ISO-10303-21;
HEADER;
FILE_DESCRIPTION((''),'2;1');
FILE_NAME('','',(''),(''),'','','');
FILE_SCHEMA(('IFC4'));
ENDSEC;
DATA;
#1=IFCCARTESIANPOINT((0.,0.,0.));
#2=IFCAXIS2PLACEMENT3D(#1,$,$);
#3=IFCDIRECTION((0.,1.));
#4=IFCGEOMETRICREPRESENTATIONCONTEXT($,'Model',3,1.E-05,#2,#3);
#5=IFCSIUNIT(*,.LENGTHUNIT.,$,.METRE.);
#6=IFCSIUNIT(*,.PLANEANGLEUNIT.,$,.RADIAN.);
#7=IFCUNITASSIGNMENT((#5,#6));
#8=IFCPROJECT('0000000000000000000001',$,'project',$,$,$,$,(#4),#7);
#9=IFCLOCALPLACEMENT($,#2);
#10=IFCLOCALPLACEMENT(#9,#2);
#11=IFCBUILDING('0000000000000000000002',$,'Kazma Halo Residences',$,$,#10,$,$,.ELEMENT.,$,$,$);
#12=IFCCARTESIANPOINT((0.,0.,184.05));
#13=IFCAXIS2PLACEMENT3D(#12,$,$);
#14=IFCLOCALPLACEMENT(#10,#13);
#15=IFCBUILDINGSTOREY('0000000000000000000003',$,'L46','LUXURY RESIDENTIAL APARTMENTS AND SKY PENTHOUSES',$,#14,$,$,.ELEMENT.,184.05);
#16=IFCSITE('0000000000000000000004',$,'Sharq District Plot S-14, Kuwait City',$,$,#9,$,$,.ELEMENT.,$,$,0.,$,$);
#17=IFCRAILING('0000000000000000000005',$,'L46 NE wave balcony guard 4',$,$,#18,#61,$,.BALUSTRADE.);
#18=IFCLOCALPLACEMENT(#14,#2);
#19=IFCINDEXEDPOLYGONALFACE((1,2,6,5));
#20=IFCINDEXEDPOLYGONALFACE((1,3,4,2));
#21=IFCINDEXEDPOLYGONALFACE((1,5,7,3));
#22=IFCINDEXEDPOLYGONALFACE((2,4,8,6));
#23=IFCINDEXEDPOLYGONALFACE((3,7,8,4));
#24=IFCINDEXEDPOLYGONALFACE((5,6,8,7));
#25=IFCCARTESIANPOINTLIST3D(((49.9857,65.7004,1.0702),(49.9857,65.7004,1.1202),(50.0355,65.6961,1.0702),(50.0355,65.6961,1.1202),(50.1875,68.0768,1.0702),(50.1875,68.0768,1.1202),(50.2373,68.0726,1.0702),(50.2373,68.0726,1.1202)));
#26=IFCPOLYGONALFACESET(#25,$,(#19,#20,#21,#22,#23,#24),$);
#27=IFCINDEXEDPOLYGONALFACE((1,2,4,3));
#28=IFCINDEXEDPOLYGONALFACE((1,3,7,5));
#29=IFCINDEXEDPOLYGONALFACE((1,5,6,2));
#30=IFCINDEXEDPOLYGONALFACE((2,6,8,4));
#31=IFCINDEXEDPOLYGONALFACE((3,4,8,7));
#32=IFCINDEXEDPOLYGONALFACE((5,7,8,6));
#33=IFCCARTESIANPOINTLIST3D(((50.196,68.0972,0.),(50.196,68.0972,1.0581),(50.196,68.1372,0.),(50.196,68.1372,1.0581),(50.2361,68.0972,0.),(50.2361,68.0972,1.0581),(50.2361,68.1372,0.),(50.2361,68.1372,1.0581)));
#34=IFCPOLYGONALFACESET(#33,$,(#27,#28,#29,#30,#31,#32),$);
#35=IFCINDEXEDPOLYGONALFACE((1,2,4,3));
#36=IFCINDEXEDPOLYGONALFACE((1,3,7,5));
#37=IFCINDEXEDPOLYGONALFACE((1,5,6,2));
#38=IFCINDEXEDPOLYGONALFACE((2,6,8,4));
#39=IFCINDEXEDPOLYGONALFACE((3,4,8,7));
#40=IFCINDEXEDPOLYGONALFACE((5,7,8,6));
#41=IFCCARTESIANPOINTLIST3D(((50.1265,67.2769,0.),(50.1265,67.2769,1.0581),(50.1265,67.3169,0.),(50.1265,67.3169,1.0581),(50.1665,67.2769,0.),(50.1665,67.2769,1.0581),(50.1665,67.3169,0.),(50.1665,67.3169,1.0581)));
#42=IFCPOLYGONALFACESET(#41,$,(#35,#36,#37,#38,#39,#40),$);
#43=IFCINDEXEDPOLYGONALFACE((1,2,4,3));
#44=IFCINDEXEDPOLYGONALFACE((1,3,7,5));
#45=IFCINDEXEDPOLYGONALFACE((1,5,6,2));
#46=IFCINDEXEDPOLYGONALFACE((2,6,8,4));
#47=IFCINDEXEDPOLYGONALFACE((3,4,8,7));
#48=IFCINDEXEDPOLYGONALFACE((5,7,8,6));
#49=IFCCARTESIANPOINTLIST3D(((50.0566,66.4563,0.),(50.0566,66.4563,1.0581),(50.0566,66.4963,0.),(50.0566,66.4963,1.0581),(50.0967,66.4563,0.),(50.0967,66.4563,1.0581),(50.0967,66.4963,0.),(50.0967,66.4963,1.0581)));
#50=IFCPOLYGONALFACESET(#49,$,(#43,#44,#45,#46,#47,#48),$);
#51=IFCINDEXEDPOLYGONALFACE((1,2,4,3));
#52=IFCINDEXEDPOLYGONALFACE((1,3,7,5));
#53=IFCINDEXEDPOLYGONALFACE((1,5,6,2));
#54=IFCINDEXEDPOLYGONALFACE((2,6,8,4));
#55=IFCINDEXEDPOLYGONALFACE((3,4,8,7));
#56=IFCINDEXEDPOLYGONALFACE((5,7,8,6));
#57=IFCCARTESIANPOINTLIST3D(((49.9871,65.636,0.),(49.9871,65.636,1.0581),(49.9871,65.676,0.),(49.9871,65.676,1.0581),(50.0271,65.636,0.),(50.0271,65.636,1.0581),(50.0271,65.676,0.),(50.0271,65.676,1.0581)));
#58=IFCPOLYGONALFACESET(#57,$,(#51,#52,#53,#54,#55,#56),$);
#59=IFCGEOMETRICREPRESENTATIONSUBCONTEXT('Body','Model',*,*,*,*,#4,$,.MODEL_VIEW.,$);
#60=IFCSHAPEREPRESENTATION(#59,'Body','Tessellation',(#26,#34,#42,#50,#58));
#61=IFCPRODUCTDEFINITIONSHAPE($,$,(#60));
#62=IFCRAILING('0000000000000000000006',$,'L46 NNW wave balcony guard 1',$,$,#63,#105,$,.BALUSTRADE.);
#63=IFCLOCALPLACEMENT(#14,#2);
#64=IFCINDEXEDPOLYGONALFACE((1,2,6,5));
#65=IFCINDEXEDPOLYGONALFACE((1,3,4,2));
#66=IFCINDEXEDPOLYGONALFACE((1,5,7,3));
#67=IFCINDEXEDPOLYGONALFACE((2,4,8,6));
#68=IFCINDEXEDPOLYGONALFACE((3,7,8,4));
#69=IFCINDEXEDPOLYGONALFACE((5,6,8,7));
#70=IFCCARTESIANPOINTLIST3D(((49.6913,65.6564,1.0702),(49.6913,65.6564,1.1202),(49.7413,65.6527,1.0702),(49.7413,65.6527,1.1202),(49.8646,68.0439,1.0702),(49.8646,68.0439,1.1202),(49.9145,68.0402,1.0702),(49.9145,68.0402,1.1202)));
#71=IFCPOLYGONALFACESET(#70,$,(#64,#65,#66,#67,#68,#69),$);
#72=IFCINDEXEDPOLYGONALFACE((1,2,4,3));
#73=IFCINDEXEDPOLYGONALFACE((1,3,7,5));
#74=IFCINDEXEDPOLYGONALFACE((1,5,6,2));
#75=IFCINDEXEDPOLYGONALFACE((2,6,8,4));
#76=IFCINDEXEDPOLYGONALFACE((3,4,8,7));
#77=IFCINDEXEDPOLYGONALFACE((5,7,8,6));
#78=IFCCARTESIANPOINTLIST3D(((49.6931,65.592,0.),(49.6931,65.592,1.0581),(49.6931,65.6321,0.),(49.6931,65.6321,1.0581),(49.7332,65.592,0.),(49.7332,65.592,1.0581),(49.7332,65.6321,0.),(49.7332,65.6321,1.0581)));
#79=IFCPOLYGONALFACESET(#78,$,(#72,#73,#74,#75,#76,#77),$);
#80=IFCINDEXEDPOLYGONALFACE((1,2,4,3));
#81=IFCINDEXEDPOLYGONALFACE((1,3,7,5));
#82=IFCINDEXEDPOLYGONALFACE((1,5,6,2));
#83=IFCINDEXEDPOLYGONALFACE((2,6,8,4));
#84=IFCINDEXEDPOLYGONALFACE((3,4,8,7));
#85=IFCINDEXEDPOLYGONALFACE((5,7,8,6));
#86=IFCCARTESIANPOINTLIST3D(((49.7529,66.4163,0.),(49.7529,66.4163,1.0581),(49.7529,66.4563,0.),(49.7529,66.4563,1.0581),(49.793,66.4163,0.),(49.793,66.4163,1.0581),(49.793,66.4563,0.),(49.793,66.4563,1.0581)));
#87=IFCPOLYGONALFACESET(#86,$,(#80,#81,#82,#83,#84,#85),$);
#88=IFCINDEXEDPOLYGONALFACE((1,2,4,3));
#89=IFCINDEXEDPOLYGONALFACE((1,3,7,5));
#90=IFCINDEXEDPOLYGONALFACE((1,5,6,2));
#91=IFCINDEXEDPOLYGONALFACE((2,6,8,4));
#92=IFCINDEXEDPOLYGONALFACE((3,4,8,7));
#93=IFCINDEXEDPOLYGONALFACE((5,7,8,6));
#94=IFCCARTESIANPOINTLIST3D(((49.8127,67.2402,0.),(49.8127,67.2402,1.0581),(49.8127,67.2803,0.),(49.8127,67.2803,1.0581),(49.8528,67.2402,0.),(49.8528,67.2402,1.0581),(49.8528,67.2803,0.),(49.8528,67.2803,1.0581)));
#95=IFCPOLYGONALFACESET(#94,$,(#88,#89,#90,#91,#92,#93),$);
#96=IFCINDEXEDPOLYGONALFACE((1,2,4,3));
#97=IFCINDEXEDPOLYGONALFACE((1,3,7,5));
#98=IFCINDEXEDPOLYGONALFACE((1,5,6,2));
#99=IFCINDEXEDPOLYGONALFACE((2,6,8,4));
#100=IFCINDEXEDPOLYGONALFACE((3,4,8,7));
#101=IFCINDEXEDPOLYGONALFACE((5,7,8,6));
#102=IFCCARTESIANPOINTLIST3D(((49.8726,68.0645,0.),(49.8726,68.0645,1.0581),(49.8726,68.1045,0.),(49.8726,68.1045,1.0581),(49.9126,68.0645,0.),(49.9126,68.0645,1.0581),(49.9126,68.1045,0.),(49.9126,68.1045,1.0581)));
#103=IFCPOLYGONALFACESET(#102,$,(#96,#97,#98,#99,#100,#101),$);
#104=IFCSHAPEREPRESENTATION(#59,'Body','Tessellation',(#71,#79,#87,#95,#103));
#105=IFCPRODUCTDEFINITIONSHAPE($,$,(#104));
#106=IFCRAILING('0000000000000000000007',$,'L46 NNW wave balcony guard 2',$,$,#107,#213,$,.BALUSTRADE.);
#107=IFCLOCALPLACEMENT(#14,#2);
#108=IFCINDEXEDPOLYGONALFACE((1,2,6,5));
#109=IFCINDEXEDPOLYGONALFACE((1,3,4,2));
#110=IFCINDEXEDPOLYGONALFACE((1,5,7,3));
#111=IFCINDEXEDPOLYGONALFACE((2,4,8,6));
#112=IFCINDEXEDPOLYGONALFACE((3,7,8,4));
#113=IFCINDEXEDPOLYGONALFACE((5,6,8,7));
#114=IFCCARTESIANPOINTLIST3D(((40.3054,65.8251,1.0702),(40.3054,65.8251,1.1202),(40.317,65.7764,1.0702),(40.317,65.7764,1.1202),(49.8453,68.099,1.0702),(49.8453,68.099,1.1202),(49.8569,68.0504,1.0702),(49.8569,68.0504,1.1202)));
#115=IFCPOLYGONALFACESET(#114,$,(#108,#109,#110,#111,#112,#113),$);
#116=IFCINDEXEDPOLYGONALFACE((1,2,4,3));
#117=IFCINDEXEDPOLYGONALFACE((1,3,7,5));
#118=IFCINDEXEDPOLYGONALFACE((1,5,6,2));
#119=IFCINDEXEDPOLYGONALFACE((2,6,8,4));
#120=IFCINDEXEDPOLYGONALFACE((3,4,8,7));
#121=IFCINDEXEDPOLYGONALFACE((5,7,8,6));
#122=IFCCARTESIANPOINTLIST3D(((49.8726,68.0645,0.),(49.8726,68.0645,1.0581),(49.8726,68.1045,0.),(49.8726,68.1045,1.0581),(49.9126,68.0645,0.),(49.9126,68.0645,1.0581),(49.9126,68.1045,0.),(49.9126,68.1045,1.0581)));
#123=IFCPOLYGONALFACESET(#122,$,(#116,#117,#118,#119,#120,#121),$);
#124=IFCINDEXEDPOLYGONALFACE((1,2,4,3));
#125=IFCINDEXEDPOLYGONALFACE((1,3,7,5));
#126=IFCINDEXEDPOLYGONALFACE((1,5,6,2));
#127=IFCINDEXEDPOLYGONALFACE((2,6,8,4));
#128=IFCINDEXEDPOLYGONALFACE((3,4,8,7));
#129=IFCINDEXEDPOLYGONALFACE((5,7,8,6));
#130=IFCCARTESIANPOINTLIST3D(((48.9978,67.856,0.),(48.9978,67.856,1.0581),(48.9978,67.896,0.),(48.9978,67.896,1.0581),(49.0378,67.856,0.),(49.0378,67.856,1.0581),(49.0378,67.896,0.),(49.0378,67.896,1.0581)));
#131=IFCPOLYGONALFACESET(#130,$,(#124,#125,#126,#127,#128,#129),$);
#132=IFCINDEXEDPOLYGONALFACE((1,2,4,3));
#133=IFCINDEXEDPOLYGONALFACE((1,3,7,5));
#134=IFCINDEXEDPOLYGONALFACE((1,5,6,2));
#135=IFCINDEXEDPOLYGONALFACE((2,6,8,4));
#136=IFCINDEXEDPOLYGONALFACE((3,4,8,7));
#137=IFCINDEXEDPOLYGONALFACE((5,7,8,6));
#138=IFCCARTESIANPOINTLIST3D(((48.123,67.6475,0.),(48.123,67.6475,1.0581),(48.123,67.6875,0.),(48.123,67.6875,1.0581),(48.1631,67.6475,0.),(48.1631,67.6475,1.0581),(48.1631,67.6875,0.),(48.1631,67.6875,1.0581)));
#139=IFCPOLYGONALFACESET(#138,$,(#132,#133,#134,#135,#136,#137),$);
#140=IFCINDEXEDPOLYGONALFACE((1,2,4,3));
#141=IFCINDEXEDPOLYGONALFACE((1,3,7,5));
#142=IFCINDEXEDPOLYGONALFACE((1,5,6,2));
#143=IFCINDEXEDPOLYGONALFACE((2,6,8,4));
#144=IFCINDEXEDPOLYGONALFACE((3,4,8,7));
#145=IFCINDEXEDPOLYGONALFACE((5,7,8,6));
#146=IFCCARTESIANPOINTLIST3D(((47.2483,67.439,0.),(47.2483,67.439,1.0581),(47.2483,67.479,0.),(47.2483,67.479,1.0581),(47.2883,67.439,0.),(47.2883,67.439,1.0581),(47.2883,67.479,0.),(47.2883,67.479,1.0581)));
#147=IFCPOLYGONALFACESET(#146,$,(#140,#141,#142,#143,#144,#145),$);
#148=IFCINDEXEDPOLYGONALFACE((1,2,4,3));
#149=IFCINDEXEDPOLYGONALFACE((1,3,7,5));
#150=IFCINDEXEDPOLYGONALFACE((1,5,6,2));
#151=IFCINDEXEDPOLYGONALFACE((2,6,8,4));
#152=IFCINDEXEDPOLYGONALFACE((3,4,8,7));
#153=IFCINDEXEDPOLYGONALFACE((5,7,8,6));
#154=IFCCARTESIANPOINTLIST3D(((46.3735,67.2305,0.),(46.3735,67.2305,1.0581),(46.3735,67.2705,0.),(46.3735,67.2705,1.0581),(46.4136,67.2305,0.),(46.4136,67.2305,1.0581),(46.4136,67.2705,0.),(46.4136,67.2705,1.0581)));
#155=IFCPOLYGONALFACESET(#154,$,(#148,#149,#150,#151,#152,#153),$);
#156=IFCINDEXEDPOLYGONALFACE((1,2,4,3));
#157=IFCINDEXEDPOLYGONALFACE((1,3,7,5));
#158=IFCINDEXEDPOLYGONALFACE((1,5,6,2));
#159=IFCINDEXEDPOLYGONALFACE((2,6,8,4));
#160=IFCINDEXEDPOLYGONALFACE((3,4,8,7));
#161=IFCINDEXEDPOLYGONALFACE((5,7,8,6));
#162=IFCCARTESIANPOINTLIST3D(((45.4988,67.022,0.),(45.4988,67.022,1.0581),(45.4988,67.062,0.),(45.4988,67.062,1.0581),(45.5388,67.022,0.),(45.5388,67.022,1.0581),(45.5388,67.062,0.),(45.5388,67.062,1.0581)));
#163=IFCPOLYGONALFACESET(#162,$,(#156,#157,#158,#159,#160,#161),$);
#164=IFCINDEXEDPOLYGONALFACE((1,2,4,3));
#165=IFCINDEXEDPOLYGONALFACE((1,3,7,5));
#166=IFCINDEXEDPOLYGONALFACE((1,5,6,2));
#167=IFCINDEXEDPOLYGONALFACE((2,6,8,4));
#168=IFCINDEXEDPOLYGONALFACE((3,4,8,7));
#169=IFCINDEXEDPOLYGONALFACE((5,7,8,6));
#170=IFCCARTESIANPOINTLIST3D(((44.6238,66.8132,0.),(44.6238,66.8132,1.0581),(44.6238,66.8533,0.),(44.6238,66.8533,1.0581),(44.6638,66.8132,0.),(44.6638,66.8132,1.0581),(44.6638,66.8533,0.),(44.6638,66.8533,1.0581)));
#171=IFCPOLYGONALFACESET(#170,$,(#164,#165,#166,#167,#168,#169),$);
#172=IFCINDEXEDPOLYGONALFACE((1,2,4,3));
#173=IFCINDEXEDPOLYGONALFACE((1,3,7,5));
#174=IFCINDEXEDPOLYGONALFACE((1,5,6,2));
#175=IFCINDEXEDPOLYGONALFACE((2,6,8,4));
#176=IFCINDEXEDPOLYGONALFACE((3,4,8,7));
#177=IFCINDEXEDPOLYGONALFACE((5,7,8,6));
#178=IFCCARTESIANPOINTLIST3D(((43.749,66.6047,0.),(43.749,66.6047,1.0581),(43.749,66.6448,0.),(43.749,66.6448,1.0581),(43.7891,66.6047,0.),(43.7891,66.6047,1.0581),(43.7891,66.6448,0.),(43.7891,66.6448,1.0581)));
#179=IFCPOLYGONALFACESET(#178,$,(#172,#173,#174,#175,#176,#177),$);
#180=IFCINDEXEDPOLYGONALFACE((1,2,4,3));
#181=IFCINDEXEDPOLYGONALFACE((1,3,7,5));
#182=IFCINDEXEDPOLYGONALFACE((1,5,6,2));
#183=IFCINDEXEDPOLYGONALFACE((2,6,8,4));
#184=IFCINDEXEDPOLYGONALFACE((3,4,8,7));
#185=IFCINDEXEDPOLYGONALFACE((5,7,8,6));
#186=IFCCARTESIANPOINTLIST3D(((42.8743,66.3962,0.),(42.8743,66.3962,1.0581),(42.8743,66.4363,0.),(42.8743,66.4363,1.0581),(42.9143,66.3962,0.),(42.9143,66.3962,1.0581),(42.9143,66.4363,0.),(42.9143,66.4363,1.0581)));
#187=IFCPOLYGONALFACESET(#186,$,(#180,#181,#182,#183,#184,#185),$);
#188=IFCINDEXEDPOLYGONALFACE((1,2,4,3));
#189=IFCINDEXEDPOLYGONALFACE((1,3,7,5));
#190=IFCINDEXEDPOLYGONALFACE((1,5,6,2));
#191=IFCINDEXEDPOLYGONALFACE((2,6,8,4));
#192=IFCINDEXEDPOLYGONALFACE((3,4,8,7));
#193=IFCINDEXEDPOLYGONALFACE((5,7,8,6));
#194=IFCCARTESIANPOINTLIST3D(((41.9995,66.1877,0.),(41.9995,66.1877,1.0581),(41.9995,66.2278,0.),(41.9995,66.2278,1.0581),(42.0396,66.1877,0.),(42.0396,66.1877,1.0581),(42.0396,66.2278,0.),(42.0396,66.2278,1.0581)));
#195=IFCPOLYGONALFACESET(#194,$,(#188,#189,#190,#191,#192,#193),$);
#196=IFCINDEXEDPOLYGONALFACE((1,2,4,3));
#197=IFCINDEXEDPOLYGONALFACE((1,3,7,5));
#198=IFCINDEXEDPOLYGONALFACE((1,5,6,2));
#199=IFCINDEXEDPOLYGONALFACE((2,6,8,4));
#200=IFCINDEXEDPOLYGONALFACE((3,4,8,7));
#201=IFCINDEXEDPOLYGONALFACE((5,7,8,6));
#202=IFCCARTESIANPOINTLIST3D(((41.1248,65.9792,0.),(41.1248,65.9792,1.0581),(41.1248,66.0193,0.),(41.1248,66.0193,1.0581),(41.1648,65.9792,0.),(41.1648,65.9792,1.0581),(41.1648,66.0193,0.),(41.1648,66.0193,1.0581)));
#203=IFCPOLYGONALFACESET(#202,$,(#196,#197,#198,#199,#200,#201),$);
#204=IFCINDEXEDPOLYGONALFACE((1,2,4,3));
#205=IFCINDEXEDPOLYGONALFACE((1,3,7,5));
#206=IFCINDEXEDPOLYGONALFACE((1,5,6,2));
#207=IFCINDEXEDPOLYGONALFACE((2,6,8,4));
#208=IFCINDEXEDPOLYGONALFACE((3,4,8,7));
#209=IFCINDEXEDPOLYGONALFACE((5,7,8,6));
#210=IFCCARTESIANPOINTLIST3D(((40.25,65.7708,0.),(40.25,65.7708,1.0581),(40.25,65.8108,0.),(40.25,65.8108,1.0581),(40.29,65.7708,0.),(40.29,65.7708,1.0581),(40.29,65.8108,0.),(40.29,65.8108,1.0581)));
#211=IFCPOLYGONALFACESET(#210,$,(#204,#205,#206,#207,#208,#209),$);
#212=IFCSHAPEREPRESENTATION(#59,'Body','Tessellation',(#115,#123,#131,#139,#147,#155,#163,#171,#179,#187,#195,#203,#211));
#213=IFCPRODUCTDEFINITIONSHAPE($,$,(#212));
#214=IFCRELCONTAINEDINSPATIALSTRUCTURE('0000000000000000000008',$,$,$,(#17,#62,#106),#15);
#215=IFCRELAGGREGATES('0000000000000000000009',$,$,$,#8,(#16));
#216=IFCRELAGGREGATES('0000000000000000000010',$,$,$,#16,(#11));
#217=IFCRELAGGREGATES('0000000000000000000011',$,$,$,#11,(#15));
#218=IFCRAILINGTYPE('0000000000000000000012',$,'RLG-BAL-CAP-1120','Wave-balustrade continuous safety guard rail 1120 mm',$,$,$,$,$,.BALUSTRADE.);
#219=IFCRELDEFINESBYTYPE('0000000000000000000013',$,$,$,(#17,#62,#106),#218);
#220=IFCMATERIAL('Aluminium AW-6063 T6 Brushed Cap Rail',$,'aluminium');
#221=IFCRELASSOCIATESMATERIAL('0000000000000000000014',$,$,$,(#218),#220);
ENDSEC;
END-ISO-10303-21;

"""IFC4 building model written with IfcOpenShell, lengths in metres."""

from ifc_helpers import new_model, si_unit, direction, frame, origin, origin_2d, place, context, subcontext, project, spatial, rectangle, extrude, material, type_object, element, save


model = new_model("IFC4")

# Units and contexts
model_context = context("Model", 3, precision=1e-05, world=origin(), true_north=direction((0.0, 1.0)))
body_context = subcontext(model_context, "Body", "Model", "MODEL_VIEW")
ifc_project = project(units=[si_unit("LENGTHUNIT", "METRE"), si_unit("PLANEANGLEUNIT", "RADIAN")], contexts=[model_context])

# Site, building, storey
site_placement = place(None, origin())
site = spatial("IfcSite", under=ifc_project, at=site_placement, Name="Sharq District Plot S-14, Kuwait City", CompositionType="ELEMENT", RefElevation=0.0)
building_placement = place(site_placement, origin())
building = spatial("IfcBuilding", under=site, at=building_placement, Name="Kazma Halo Residences", CompositionType="ELEMENT")
storey_placement = place(building_placement, frame((0.0, 0.0, 184.05)))
storey = spatial("IfcBuildingStorey", under=building, at=storey_placement, Name="L46", Description="LUXURY RESIDENTIAL APARTMENTS AND SKY PENTHOUSES", CompositionType="ELEMENT", Elevation=184.05)

# Railings
ifc_material_1 = material(Name="Aluminium AW-6063 T6 Brushed Cap Rail", Category="aluminium")
railing_type = type_object("IfcRailingType", Name="RLG-BAL-CAP-1120", Description="Wave-balustrade continuous safety guard rail 1120 mm", PredefinedType="BALUSTRADE", material=ifc_material_1)
railing_1_placement = place(storey_placement, frame((50.2161, 68.1172, 0.0)))
element("IfcRailing", 1, at=railing_1_placement, inside=storey, type_object=railing_type, Name="L46 NE wave balcony guard 4", PredefinedType="BALUSTRADE", context=body_context, shape_type="SweptSolid", body=[
    extrude(rectangle(XDim=0.05, YDim=0.05, at=origin_2d()), frame((-0.0037, -0.0425, 1.0952), z_axis=(-0.084608, -0.996414, 0.0), x_axis=(0.996414, -0.084608, 0.0)), (0.0, 0.0, 1.0), 2.385),
    extrude(rectangle(XDim=0.04, YDim=0.04, at=origin_2d()), origin(), (0.0, 0.0, 1.0), 1.0581),
    extrude(rectangle(XDim=0.04, YDim=0.04, at=origin_2d()), frame((-0.0696, -0.8203, 0.0)), (0.0, 0.0, 1.0), 1.0581),
    extrude(rectangle(XDim=0.04, YDim=0.04, at=origin_2d()), frame((-0.1394, -1.6409, 0.0)), (0.0, 0.0, 1.0), 1.0581),
    extrude(rectangle(XDim=0.04, YDim=0.04, at=origin_2d()), frame((-0.209, -2.4612, 0.0)), (0.0, 0.0, 1.0), 1.0581),
])
railing_2_placement = place(storey_placement, frame((49.7131, 65.6121, 0.0)))
element("IfcRailing", 2, at=railing_2_placement, inside=storey, type_object=railing_type, Name="L46 NNW wave balcony guard 1", PredefinedType="BALUSTRADE", context=body_context, shape_type="SweptSolid", body=[
    extrude(rectangle(XDim=0.05, YDim=0.05, at=origin_2d()), frame((0.0032, 0.0425, 1.0952), z_axis=(0.072388, 0.997377, 0.0), x_axis=(-0.997377, 0.072388, 0.0)), (0.0, 0.0, 1.0), 2.3938),
    extrude(rectangle(XDim=0.04, YDim=0.04, at=origin_2d()), origin(), (0.0, 0.0, 1.0), 1.0581),
    extrude(rectangle(XDim=0.04, YDim=0.04, at=origin_2d()), frame((0.0598, 0.8242, 0.0)), (0.0, 0.0, 1.0), 1.0581),
    extrude(rectangle(XDim=0.04, YDim=0.04, at=origin_2d()), frame((0.1196, 1.6482, 0.0)), (0.0, 0.0, 1.0), 1.0581),
    extrude(rectangle(XDim=0.04, YDim=0.04, at=origin_2d()), frame((0.1794, 2.4724, 0.0)), (0.0, 0.0, 1.0), 1.0581),
])
railing_3_placement = place(storey_placement, frame((49.8926, 68.0845, 0.0)))
element("IfcRailing", 3, at=railing_3_placement, inside=storey, type_object=railing_type, Name="L46 NNW wave balcony guard 2", PredefinedType="BALUSTRADE", context=body_context, shape_type="SweptSolid", body=[
    extrude(rectangle(XDim=0.05, YDim=0.05, at=origin_2d()), frame((-0.0415, -0.0098, 1.0952), z_axis=(-0.972747, -0.231871, 0.0), x_axis=(0.231871, -0.972747, 0.0)), (0.0, 0.0, 1.0), 9.8071),
    extrude(rectangle(XDim=0.04, YDim=0.04, at=origin_2d()), origin(), (0.0, 0.0, 1.0), 1.0581),
    extrude(rectangle(XDim=0.04, YDim=0.04, at=origin_2d()), frame((-0.8748, -0.2085, 0.0)), (0.0, 0.0, 1.0), 1.0581),
    extrude(rectangle(XDim=0.04, YDim=0.04, at=origin_2d()), frame((-1.7495, -0.417, 0.0)), (0.0, 0.0, 1.0), 1.0581),
    extrude(rectangle(XDim=0.04, YDim=0.04, at=origin_2d()), frame((-2.6243, -0.6255, 0.0)), (0.0, 0.0, 1.0), 1.0581),
    extrude(rectangle(XDim=0.04, YDim=0.04, at=origin_2d()), frame((-3.499, -0.834, 0.0)), (0.0, 0.0, 1.0), 1.0581),
    extrude(rectangle(XDim=0.04, YDim=0.04, at=origin_2d()), frame((-4.3738, -1.0425, 0.0)), (0.0, 0.0, 1.0), 1.0581),
    extrude(rectangle(XDim=0.04, YDim=0.04, at=origin_2d()), frame((-5.2488, -1.2512, 0.0)), (0.0, 0.0, 1.0), 1.0581),
    extrude(rectangle(XDim=0.04, YDim=0.04, at=origin_2d()), frame((-6.1235, -1.4597, 0.0)), (0.0, 0.0, 1.0), 1.0581),
    extrude(rectangle(XDim=0.04, YDim=0.04, at=origin_2d()), frame((-6.9983, -1.6682, 0.0)), (0.0, 0.0, 1.0), 1.0581),
    extrude(rectangle(XDim=0.04, YDim=0.04, at=origin_2d()), frame((-7.873, -1.8767, 0.0)), (0.0, 0.0, 1.0), 1.0581),
    extrude(rectangle(XDim=0.04, YDim=0.04, at=origin_2d()), frame((-8.7478, -2.0852, 0.0)), (0.0, 0.0, 1.0), 1.0581),
    extrude(rectangle(XDim=0.04, YDim=0.04, at=origin_2d()), frame((-9.6226, -2.2937, 0.0)), (0.0, 0.0, 1.0), 1.0581),
])

save(model, "model.ifc")
